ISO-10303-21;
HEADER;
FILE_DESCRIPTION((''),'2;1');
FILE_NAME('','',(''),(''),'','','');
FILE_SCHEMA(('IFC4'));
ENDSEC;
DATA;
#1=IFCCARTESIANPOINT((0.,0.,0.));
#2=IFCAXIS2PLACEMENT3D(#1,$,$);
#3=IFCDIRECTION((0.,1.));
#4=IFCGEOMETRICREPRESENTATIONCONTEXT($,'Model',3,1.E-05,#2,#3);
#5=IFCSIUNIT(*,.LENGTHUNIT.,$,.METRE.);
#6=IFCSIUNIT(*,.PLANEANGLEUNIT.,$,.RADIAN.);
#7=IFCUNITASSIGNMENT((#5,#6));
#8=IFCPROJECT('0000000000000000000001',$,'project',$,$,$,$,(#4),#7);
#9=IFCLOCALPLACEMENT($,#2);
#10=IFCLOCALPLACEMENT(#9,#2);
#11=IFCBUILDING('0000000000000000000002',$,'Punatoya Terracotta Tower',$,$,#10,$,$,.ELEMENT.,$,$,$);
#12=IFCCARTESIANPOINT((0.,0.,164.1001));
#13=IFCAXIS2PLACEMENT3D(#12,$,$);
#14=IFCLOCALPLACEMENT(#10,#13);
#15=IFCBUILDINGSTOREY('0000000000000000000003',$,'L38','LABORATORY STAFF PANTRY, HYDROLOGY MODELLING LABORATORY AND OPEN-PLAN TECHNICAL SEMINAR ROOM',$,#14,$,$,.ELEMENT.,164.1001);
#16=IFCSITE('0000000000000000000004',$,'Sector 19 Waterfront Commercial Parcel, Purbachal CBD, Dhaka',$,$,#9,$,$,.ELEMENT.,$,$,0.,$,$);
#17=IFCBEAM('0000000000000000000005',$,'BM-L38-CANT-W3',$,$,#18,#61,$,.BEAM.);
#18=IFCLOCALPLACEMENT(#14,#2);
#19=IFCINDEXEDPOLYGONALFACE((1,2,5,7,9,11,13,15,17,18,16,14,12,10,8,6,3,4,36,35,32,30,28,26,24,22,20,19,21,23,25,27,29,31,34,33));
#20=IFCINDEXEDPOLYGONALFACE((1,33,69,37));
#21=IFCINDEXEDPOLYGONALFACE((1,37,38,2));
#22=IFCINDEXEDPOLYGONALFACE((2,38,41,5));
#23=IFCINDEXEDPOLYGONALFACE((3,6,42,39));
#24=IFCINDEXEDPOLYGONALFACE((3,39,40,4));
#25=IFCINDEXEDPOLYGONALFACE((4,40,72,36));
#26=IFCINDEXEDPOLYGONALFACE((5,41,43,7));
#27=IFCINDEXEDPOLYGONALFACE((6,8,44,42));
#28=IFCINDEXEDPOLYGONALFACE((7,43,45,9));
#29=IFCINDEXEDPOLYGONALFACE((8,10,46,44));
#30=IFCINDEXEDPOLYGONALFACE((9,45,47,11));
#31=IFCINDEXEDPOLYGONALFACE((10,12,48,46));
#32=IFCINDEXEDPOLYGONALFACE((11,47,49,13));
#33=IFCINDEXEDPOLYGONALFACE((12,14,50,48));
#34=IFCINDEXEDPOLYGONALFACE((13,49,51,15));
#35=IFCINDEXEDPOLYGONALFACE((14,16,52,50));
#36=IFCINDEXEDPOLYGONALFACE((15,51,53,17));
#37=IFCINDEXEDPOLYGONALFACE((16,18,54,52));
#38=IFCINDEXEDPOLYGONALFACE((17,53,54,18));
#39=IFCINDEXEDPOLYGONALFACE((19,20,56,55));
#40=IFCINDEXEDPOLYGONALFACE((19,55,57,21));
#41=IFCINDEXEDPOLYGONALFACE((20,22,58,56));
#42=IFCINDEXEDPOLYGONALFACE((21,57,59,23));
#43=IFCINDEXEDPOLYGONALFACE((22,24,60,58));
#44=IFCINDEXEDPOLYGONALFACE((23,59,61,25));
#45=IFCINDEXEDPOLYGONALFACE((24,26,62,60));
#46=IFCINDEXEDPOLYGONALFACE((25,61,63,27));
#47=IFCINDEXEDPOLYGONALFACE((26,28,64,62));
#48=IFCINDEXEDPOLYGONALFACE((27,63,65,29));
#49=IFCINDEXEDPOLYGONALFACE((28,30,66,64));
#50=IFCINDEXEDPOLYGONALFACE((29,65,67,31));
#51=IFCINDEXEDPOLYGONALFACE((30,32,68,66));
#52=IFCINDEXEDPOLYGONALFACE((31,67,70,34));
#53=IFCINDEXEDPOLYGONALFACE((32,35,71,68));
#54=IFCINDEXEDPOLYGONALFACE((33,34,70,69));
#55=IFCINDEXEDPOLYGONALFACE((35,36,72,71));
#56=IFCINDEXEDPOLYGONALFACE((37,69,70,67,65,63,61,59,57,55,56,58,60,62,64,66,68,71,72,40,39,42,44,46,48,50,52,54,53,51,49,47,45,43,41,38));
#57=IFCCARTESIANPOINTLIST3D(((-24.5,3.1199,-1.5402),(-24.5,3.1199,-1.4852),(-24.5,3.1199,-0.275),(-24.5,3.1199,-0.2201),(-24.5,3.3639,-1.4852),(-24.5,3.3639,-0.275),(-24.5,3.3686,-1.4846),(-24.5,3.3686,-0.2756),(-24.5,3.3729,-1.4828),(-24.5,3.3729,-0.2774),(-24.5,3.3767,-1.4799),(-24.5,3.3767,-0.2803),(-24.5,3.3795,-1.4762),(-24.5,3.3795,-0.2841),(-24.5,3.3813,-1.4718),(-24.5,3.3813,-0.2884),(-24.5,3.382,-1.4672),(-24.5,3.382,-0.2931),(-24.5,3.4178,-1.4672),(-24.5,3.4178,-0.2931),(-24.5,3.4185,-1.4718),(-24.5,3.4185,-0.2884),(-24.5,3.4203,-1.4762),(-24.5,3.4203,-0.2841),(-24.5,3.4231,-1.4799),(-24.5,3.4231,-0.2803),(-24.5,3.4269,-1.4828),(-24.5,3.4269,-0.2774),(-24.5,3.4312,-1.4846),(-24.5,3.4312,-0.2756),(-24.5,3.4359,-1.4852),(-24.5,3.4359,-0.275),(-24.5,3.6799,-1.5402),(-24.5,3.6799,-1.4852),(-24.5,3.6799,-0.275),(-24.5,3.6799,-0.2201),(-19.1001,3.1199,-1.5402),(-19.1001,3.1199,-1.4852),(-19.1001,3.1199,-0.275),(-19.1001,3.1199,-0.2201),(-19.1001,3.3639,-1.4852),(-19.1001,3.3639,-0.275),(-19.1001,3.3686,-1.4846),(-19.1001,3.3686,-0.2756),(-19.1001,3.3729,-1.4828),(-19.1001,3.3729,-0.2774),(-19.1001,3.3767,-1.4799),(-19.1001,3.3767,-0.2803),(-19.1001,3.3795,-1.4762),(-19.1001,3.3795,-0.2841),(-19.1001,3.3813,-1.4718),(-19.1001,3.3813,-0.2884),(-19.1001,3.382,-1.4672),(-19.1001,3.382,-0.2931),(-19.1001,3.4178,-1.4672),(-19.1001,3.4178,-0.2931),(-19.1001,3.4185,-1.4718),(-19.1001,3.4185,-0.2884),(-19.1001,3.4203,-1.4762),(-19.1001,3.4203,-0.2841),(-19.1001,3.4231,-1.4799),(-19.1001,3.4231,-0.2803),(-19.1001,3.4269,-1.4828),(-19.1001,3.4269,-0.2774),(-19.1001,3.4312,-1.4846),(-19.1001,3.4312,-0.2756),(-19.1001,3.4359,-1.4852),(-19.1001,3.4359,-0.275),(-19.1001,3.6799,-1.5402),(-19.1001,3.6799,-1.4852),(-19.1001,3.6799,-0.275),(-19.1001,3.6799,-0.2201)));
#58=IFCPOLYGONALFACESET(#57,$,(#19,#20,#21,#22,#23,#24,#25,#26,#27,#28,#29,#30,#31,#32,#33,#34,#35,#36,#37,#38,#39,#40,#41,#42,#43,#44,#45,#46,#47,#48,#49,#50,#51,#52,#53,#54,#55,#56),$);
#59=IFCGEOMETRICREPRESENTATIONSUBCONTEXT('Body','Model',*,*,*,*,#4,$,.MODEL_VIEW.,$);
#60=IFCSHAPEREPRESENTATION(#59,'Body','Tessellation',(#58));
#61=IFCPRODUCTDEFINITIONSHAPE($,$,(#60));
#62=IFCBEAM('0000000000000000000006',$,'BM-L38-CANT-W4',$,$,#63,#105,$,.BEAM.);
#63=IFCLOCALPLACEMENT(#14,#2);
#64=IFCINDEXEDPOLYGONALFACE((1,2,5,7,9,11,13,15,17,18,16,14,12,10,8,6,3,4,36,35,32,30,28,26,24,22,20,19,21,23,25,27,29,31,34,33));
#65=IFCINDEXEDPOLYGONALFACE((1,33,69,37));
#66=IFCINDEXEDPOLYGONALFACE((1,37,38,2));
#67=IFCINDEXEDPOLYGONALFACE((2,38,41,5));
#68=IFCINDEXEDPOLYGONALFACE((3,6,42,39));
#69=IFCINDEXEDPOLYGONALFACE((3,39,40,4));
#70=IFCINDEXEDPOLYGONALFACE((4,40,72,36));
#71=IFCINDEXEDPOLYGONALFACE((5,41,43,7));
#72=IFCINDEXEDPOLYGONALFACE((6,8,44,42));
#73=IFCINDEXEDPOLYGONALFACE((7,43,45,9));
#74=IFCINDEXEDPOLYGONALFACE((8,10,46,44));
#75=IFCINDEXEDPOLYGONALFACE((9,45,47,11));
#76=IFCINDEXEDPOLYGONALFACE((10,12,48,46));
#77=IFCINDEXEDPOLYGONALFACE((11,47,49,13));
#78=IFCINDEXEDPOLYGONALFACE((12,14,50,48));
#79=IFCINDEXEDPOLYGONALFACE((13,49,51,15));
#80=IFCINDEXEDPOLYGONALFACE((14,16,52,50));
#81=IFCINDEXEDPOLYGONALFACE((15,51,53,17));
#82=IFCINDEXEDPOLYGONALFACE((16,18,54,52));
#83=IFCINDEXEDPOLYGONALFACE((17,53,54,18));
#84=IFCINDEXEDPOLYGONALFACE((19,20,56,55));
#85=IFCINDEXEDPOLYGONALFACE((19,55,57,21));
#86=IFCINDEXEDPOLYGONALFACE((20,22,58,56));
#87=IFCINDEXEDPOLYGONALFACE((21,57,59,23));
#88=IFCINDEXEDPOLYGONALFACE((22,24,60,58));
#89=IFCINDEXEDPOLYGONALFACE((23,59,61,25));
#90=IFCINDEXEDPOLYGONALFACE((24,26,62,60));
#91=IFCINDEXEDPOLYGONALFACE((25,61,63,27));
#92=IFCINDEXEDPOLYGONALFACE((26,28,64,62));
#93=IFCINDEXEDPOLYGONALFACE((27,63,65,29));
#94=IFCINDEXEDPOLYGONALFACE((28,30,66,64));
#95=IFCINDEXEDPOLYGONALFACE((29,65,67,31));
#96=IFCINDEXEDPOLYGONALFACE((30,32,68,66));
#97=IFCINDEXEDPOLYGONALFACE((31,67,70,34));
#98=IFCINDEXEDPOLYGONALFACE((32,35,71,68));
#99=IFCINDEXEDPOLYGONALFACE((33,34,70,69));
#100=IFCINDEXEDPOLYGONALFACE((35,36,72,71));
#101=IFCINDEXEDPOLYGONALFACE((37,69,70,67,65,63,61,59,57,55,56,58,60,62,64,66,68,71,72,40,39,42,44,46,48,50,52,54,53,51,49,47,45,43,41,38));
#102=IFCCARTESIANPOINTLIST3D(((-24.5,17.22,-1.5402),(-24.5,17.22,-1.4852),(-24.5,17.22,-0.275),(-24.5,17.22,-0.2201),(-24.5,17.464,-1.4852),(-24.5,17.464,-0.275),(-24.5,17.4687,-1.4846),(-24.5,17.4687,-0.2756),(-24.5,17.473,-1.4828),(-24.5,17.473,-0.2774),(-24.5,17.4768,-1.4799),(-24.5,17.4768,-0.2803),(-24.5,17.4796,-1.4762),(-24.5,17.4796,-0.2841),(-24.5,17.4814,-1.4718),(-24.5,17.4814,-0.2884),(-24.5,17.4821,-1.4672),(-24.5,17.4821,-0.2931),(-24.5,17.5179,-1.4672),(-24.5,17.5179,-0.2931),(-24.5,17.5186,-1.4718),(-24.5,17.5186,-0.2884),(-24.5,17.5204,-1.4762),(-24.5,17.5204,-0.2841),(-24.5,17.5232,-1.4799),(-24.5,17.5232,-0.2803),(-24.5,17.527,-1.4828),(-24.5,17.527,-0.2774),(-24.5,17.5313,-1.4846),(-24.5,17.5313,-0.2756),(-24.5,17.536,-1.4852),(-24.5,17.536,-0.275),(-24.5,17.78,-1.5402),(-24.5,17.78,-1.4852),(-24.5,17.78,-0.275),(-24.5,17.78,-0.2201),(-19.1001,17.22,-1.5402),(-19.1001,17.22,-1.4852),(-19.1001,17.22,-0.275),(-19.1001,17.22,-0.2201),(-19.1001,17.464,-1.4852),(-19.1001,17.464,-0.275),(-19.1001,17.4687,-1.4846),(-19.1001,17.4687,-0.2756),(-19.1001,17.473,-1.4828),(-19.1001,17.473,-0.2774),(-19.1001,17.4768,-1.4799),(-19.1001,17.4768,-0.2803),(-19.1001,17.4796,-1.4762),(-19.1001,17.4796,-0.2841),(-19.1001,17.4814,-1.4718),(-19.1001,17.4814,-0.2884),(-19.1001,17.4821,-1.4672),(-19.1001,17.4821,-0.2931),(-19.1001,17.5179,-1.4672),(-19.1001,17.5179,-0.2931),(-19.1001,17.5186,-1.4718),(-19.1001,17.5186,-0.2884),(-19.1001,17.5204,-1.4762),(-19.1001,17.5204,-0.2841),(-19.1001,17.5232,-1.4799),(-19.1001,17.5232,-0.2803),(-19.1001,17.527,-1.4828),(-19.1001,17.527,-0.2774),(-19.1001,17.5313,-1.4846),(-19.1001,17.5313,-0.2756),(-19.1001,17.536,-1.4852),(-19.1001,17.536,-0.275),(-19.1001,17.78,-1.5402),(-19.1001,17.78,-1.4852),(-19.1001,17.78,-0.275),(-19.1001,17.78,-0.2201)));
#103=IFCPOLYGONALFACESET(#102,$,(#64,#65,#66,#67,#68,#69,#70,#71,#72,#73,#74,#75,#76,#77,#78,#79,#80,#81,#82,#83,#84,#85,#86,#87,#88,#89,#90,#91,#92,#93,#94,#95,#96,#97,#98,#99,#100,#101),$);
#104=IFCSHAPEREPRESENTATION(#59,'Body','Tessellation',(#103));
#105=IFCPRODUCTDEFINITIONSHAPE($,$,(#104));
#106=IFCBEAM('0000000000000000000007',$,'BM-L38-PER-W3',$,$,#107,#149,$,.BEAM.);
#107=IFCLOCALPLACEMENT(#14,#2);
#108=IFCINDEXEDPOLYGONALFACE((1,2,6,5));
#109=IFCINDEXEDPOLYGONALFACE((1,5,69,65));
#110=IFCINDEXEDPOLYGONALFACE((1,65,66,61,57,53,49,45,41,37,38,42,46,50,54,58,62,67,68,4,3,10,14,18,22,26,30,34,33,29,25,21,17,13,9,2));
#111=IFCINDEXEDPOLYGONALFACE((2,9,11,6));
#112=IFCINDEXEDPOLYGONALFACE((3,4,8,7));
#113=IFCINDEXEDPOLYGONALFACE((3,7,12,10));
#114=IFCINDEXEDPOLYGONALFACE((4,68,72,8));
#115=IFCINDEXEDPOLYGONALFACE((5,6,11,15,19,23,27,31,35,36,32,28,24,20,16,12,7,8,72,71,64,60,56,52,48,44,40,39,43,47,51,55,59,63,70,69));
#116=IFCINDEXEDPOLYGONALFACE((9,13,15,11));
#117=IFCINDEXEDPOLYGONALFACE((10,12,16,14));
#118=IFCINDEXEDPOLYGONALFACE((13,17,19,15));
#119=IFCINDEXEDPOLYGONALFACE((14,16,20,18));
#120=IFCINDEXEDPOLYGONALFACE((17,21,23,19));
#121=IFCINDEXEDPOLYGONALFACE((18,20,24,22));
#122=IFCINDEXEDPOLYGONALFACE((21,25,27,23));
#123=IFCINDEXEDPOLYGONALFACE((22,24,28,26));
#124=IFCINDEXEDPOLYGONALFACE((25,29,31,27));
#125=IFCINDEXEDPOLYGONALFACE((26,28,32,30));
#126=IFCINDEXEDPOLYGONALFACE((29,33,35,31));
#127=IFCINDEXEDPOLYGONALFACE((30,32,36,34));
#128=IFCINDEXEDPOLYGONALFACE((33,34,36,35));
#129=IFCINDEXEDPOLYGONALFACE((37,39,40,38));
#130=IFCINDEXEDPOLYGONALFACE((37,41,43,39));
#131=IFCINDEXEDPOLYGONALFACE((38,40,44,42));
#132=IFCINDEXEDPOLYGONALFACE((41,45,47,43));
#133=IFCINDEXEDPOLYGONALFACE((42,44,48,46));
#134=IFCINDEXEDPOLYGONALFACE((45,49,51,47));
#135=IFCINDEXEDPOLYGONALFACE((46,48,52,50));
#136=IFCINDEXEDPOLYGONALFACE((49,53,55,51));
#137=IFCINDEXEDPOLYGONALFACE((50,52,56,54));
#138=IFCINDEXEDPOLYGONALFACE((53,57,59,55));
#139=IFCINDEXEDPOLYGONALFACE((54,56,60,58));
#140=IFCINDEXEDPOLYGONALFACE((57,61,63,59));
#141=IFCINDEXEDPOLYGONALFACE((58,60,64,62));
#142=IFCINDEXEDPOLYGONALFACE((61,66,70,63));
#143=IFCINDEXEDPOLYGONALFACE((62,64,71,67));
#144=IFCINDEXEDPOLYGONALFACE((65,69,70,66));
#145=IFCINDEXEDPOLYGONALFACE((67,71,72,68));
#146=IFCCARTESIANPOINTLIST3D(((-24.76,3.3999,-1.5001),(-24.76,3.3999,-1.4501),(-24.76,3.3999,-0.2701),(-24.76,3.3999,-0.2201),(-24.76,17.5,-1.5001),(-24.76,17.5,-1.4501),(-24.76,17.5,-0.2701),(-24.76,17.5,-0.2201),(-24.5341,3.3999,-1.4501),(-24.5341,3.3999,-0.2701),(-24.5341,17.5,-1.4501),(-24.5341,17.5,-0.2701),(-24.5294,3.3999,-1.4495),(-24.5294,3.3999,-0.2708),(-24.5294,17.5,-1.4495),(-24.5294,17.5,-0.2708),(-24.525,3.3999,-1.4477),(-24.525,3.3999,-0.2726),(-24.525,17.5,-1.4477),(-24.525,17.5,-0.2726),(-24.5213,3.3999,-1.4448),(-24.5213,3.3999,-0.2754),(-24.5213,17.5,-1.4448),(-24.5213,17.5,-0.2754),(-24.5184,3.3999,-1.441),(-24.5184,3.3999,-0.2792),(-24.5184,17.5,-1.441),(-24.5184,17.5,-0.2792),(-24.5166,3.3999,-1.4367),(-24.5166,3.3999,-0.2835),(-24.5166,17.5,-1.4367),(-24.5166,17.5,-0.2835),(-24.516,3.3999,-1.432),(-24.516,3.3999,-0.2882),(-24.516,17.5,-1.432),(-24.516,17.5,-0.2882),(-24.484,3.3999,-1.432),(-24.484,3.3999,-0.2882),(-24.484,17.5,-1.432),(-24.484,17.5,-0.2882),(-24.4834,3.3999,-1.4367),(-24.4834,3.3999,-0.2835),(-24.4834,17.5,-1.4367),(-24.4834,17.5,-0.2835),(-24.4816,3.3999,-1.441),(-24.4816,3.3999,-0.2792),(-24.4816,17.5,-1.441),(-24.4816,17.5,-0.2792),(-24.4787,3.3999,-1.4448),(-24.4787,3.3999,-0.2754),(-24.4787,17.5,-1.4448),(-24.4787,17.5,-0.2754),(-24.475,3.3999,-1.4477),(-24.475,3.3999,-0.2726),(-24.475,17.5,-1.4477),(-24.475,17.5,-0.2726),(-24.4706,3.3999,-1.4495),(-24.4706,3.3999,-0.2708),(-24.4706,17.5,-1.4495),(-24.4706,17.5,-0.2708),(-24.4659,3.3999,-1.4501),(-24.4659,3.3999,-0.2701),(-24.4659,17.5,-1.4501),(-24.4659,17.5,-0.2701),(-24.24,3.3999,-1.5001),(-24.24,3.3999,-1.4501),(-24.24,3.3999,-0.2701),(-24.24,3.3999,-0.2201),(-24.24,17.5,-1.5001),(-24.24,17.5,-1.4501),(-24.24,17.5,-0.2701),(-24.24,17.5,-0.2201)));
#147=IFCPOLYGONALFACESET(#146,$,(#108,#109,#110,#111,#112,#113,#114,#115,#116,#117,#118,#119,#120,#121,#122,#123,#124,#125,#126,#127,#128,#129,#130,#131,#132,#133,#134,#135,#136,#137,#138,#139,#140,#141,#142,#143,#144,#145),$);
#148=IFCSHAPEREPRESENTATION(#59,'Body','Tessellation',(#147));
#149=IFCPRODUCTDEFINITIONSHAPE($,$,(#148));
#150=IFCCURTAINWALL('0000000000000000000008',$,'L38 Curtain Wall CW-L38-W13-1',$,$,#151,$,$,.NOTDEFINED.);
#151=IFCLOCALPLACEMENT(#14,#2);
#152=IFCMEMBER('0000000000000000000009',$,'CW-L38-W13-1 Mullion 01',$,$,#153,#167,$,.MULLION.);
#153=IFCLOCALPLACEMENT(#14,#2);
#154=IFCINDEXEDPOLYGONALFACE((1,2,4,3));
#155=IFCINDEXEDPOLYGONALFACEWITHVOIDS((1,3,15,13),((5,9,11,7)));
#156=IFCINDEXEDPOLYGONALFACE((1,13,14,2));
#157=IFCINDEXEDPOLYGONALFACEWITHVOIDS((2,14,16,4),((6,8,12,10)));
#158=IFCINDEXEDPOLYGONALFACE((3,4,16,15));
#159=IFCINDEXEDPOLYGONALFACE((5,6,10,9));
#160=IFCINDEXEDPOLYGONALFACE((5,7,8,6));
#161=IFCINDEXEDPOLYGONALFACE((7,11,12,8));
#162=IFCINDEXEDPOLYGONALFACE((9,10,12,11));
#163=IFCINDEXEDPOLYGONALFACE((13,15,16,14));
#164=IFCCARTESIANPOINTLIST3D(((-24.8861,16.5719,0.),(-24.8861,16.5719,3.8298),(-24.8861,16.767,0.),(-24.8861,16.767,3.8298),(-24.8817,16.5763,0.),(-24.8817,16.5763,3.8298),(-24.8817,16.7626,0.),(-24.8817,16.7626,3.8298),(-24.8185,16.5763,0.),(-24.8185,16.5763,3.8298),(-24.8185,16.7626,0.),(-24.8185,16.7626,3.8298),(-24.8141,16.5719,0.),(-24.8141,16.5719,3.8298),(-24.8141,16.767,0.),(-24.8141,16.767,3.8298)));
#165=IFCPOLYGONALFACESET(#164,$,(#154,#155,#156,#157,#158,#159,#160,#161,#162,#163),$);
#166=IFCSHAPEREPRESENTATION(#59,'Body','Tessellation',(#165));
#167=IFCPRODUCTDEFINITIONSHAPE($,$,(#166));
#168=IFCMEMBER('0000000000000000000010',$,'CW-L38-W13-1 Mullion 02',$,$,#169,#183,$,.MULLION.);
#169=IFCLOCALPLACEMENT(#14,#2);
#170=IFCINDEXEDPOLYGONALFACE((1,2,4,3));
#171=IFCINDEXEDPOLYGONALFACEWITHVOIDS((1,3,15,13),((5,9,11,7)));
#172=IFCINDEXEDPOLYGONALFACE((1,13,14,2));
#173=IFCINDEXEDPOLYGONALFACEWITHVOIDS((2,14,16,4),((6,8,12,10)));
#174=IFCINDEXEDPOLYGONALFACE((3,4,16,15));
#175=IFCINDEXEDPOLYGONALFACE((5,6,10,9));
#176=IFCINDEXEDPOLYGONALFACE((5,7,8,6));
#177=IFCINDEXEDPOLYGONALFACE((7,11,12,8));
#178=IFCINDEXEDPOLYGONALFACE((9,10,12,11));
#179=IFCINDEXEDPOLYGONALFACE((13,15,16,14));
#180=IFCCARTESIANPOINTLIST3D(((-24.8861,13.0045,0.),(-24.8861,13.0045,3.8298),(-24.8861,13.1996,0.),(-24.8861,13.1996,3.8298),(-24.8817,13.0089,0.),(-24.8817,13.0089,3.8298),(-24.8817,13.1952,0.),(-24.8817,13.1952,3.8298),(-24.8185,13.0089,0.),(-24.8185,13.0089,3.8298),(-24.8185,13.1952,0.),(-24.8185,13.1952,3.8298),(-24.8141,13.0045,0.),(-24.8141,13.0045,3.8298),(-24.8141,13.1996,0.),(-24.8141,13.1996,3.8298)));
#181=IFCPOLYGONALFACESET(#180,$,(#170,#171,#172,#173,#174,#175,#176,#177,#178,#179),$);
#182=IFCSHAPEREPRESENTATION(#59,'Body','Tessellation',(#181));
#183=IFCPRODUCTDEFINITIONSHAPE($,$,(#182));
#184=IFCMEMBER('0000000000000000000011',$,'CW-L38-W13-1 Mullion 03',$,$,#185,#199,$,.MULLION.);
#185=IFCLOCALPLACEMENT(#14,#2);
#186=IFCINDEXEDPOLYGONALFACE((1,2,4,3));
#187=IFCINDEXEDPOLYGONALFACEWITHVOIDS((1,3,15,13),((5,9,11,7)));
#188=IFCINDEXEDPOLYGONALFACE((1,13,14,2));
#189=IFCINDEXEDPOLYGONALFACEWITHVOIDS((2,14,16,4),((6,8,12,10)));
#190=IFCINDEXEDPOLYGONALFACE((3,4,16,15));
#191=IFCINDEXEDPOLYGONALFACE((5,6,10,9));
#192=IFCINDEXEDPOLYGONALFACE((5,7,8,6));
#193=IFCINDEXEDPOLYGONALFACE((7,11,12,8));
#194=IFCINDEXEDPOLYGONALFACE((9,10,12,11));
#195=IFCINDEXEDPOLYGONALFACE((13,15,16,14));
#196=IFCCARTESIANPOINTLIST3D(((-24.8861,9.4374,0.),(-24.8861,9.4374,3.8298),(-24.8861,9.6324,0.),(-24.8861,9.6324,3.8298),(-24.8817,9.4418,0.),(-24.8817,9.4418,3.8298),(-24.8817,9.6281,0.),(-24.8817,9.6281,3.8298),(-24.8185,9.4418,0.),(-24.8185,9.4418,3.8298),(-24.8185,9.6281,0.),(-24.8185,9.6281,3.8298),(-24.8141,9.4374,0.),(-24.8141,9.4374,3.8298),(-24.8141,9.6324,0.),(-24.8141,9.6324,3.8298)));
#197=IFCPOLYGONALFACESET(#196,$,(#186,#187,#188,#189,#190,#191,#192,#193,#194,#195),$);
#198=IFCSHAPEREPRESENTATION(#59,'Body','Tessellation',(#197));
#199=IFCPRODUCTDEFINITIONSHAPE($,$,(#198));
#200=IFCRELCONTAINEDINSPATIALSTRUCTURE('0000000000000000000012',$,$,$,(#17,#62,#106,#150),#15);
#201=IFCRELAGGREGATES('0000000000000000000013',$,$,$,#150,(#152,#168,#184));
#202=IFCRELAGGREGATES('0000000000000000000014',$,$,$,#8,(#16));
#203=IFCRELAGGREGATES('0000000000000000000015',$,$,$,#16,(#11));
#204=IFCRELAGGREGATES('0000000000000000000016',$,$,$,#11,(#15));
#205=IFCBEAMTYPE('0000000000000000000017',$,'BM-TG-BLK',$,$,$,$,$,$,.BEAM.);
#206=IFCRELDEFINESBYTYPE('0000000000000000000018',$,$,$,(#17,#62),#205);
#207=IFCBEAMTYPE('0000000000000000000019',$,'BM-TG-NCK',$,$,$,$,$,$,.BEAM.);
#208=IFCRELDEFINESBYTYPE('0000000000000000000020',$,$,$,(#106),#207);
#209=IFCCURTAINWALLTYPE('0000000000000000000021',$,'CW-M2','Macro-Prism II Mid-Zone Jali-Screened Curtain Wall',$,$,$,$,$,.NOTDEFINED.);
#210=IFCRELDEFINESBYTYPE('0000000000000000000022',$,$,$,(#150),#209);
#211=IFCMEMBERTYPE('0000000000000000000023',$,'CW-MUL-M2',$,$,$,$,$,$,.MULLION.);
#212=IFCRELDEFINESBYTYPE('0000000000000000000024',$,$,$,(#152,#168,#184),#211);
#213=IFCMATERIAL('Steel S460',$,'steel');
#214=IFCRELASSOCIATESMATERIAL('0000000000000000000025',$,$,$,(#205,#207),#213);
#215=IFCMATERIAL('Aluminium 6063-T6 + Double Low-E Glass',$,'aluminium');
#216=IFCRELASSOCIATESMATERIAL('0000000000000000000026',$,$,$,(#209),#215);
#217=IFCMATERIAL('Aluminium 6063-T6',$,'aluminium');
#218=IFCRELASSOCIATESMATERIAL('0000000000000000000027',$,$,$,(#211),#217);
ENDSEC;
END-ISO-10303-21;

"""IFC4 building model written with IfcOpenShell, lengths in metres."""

from ifc_helpers import new_model, si_unit, direction, frame, origin, origin_2d, place, context, subcontext, project, spatial, hollow_rectangle, i_section, extrude, material, material_profile, profile_set, type_object, element, aggregate, save


model = new_model("IFC4")

# Units and contexts
model_context = context("Model", 3, precision=1e-05, world=origin(), true_north=direction((0.0, 1.0)))
body_context = subcontext(model_context, "Body", "Model", "MODEL_VIEW")
ifc_project = project(units=[si_unit("LENGTHUNIT", "METRE"), si_unit("PLANEANGLEUNIT", "RADIAN")], contexts=[model_context])

# Site, building, storey
site_placement = place(None, origin())
site = spatial("IfcSite", under=ifc_project, at=site_placement, Name="Sector 19 Waterfront Commercial Parcel, Purbachal CBD, Dhaka", CompositionType="ELEMENT", RefElevation=0.0)
building_placement = place(site_placement, origin())
building = spatial("IfcBuilding", under=site, at=building_placement, Name="Punatoya Terracotta Tower", CompositionType="ELEMENT")
storey_placement = place(building_placement, frame((0.0, 0.0, 164.1001)))
storey = spatial("IfcBuildingStorey", under=building, at=storey_placement, Name="L38", Description="LABORATORY STAFF PANTRY, HYDROLOGY MODELLING LABORATORY AND OPEN-PLAN TECHNICAL SEMINAR ROOM", CompositionType="ELEMENT", Elevation=164.1001)

# Shared definitions
ifc_material_1 = material(Name="Steel S460", Category="steel")

# Beams
ifc_material_profile_1 = material_profile(ifc_material_1, i_section(OverallWidth=0.5601, OverallDepth=1.3201, WebThickness=0.0359, FlangeThickness=0.0549, FilletRadius=0.0181, at=origin_2d()))
ifc_profile_set_1 = profile_set([ifc_material_profile_1], Name="Steel S460")
beam_type_1 = type_object("IfcBeamType", Name="BM-TG-BLK", PredefinedType="BEAM", material=ifc_profile_set_1)
for number, where, z_axis, x_axis, name in (
    (1, (-24.5, 3.3999, -0.8801), (1.0, 0.0, 0.0), (0.0, 1.0, 0.0), "BM-L38-CANT-W3"),
    (2, (-24.5, 17.5, -0.8801), (1.0, 0.0, 0.0), (0.0, 1.0, 0.0), "BM-L38-CANT-W4"),
):
    element("IfcBeam", number, at=place(storey_placement, frame(where, z_axis=z_axis, x_axis=x_axis)), inside=storey, type_object=beam_type_1, Name=name, PredefinedType="BEAM", context=body_context, shape_type="SweptSolid", body=[
        extrude(i_section(OverallWidth=0.5601, OverallDepth=1.3201, WebThickness=0.0359, FlangeThickness=0.0549, FilletRadius=0.0181, at=origin_2d()), origin(), (0.0, 0.0, 1.0), 5.3999),
    ])
ifc_material_profile_2 = material_profile(ifc_material_1, i_section(OverallWidth=0.52, OverallDepth=1.28, WebThickness=0.032, FlangeThickness=0.05, FilletRadius=0.0181, at=origin_2d()))
ifc_profile_set_2 = profile_set([ifc_material_profile_2], Name="Steel S460")
beam_type_2 = type_object("IfcBeamType", Name="BM-TG-NCK", PredefinedType="BEAM", material=ifc_profile_set_2)
beam_1_placement = place(storey_placement, frame((-24.5, 3.3999, -0.8601), z_axis=(0.0, 1.0, 0.0), x_axis=(-1.0, 0.0, 0.0)))
element("IfcBeam", 3, at=beam_1_placement, inside=storey, type_object=beam_type_2, Name="BM-L38-PER-W3", PredefinedType="BEAM", context=body_context, shape_type="SweptSolid", body=[
    extrude(i_section(OverallWidth=0.52, OverallDepth=1.28, WebThickness=0.032, FlangeThickness=0.05, FilletRadius=0.0181, at=origin_2d()), origin(), (0.0, 0.0, 1.0), 14.1001),
])

# Curtain wall, members
ifc_material_2 = material(Name="Aluminium 6063-T6 + Double Low-E Glass", Category="aluminium")
curtain_wall_type = type_object("IfcCurtainWallType", Name="CW-M2", Description="Macro-Prism II Mid-Zone Jali-Screened Curtain Wall", PredefinedType="NOTDEFINED", material=ifc_material_2)
curtain_wall_placement = place(storey_placement, origin())
curtain_wall = element("IfcCurtainWall", 4, at=curtain_wall_placement, inside=storey, type_object=curtain_wall_type, Name="L38 Curtain Wall CW-L38-W13-1", PredefinedType="NOTDEFINED")
ifc_material_3 = material(Name="Aluminium 6063-T6", Category="aluminium")
ifc_material_profile_3 = material_profile(ifc_material_3, hollow_rectangle(XDim=0.072, YDim=0.1951, WallThickness=0.0044, at=origin_2d()))
ifc_profile_set_3 = profile_set([ifc_material_profile_3], Name="Aluminium 6063-T6")
member_type = type_object("IfcMemberType", Name="CW-MUL-M2", PredefinedType="MULLION", material=ifc_profile_set_3)
member_1_placement = place(storey_placement, frame((-24.8501, 16.6694, 0.0), z_axis=(0.0, 0.0, 1.0), x_axis=(1.0, 0.0, 0.0)))
member_1 = element("IfcMember", 5, at=member_1_placement, type_object=member_type, Name="CW-L38-W13-1 Mullion 01", PredefinedType="MULLION", context=body_context, shape_type="SweptSolid", body=[
    extrude(hollow_rectangle(XDim=0.072, YDim=0.1951, WallThickness=0.0044, at=origin_2d()), origin(), (0.0, 0.0, 1.0), 3.8298),
])
member_2_placement = place(storey_placement, frame((-24.8501, 13.1021, 0.0), z_axis=(0.0, 0.0, 1.0), x_axis=(1.0, 0.0, 0.0)))
member_2 = element("IfcMember", 6, at=member_2_placement, type_object=member_type, Name="CW-L38-W13-1 Mullion 02", PredefinedType="MULLION", context=body_context, shape_type="SweptSolid", body=[
    extrude(hollow_rectangle(XDim=0.072, YDim=0.1951, WallThickness=0.0044, at=origin_2d()), origin(), (0.0, 0.0, 1.0), 3.8298),
])
member_3_placement = place(storey_placement, frame((-24.8501, 9.5349, 0.0), z_axis=(0.0, 0.0, 1.0), x_axis=(1.0, 0.0, 0.0)))
member_3 = element("IfcMember", 7, at=member_3_placement, type_object=member_type, Name="CW-L38-W13-1 Mullion 03", PredefinedType="MULLION", context=body_context, shape_type="SweptSolid", body=[
    extrude(hollow_rectangle(XDim=0.072, YDim=0.1951, WallThickness=0.0044, at=origin_2d()), origin(), (0.0, 0.0, 1.0), 3.8298),
])
aggregate(curtain_wall, [member_1, member_2, member_3])

save(model, "model.ifc")
